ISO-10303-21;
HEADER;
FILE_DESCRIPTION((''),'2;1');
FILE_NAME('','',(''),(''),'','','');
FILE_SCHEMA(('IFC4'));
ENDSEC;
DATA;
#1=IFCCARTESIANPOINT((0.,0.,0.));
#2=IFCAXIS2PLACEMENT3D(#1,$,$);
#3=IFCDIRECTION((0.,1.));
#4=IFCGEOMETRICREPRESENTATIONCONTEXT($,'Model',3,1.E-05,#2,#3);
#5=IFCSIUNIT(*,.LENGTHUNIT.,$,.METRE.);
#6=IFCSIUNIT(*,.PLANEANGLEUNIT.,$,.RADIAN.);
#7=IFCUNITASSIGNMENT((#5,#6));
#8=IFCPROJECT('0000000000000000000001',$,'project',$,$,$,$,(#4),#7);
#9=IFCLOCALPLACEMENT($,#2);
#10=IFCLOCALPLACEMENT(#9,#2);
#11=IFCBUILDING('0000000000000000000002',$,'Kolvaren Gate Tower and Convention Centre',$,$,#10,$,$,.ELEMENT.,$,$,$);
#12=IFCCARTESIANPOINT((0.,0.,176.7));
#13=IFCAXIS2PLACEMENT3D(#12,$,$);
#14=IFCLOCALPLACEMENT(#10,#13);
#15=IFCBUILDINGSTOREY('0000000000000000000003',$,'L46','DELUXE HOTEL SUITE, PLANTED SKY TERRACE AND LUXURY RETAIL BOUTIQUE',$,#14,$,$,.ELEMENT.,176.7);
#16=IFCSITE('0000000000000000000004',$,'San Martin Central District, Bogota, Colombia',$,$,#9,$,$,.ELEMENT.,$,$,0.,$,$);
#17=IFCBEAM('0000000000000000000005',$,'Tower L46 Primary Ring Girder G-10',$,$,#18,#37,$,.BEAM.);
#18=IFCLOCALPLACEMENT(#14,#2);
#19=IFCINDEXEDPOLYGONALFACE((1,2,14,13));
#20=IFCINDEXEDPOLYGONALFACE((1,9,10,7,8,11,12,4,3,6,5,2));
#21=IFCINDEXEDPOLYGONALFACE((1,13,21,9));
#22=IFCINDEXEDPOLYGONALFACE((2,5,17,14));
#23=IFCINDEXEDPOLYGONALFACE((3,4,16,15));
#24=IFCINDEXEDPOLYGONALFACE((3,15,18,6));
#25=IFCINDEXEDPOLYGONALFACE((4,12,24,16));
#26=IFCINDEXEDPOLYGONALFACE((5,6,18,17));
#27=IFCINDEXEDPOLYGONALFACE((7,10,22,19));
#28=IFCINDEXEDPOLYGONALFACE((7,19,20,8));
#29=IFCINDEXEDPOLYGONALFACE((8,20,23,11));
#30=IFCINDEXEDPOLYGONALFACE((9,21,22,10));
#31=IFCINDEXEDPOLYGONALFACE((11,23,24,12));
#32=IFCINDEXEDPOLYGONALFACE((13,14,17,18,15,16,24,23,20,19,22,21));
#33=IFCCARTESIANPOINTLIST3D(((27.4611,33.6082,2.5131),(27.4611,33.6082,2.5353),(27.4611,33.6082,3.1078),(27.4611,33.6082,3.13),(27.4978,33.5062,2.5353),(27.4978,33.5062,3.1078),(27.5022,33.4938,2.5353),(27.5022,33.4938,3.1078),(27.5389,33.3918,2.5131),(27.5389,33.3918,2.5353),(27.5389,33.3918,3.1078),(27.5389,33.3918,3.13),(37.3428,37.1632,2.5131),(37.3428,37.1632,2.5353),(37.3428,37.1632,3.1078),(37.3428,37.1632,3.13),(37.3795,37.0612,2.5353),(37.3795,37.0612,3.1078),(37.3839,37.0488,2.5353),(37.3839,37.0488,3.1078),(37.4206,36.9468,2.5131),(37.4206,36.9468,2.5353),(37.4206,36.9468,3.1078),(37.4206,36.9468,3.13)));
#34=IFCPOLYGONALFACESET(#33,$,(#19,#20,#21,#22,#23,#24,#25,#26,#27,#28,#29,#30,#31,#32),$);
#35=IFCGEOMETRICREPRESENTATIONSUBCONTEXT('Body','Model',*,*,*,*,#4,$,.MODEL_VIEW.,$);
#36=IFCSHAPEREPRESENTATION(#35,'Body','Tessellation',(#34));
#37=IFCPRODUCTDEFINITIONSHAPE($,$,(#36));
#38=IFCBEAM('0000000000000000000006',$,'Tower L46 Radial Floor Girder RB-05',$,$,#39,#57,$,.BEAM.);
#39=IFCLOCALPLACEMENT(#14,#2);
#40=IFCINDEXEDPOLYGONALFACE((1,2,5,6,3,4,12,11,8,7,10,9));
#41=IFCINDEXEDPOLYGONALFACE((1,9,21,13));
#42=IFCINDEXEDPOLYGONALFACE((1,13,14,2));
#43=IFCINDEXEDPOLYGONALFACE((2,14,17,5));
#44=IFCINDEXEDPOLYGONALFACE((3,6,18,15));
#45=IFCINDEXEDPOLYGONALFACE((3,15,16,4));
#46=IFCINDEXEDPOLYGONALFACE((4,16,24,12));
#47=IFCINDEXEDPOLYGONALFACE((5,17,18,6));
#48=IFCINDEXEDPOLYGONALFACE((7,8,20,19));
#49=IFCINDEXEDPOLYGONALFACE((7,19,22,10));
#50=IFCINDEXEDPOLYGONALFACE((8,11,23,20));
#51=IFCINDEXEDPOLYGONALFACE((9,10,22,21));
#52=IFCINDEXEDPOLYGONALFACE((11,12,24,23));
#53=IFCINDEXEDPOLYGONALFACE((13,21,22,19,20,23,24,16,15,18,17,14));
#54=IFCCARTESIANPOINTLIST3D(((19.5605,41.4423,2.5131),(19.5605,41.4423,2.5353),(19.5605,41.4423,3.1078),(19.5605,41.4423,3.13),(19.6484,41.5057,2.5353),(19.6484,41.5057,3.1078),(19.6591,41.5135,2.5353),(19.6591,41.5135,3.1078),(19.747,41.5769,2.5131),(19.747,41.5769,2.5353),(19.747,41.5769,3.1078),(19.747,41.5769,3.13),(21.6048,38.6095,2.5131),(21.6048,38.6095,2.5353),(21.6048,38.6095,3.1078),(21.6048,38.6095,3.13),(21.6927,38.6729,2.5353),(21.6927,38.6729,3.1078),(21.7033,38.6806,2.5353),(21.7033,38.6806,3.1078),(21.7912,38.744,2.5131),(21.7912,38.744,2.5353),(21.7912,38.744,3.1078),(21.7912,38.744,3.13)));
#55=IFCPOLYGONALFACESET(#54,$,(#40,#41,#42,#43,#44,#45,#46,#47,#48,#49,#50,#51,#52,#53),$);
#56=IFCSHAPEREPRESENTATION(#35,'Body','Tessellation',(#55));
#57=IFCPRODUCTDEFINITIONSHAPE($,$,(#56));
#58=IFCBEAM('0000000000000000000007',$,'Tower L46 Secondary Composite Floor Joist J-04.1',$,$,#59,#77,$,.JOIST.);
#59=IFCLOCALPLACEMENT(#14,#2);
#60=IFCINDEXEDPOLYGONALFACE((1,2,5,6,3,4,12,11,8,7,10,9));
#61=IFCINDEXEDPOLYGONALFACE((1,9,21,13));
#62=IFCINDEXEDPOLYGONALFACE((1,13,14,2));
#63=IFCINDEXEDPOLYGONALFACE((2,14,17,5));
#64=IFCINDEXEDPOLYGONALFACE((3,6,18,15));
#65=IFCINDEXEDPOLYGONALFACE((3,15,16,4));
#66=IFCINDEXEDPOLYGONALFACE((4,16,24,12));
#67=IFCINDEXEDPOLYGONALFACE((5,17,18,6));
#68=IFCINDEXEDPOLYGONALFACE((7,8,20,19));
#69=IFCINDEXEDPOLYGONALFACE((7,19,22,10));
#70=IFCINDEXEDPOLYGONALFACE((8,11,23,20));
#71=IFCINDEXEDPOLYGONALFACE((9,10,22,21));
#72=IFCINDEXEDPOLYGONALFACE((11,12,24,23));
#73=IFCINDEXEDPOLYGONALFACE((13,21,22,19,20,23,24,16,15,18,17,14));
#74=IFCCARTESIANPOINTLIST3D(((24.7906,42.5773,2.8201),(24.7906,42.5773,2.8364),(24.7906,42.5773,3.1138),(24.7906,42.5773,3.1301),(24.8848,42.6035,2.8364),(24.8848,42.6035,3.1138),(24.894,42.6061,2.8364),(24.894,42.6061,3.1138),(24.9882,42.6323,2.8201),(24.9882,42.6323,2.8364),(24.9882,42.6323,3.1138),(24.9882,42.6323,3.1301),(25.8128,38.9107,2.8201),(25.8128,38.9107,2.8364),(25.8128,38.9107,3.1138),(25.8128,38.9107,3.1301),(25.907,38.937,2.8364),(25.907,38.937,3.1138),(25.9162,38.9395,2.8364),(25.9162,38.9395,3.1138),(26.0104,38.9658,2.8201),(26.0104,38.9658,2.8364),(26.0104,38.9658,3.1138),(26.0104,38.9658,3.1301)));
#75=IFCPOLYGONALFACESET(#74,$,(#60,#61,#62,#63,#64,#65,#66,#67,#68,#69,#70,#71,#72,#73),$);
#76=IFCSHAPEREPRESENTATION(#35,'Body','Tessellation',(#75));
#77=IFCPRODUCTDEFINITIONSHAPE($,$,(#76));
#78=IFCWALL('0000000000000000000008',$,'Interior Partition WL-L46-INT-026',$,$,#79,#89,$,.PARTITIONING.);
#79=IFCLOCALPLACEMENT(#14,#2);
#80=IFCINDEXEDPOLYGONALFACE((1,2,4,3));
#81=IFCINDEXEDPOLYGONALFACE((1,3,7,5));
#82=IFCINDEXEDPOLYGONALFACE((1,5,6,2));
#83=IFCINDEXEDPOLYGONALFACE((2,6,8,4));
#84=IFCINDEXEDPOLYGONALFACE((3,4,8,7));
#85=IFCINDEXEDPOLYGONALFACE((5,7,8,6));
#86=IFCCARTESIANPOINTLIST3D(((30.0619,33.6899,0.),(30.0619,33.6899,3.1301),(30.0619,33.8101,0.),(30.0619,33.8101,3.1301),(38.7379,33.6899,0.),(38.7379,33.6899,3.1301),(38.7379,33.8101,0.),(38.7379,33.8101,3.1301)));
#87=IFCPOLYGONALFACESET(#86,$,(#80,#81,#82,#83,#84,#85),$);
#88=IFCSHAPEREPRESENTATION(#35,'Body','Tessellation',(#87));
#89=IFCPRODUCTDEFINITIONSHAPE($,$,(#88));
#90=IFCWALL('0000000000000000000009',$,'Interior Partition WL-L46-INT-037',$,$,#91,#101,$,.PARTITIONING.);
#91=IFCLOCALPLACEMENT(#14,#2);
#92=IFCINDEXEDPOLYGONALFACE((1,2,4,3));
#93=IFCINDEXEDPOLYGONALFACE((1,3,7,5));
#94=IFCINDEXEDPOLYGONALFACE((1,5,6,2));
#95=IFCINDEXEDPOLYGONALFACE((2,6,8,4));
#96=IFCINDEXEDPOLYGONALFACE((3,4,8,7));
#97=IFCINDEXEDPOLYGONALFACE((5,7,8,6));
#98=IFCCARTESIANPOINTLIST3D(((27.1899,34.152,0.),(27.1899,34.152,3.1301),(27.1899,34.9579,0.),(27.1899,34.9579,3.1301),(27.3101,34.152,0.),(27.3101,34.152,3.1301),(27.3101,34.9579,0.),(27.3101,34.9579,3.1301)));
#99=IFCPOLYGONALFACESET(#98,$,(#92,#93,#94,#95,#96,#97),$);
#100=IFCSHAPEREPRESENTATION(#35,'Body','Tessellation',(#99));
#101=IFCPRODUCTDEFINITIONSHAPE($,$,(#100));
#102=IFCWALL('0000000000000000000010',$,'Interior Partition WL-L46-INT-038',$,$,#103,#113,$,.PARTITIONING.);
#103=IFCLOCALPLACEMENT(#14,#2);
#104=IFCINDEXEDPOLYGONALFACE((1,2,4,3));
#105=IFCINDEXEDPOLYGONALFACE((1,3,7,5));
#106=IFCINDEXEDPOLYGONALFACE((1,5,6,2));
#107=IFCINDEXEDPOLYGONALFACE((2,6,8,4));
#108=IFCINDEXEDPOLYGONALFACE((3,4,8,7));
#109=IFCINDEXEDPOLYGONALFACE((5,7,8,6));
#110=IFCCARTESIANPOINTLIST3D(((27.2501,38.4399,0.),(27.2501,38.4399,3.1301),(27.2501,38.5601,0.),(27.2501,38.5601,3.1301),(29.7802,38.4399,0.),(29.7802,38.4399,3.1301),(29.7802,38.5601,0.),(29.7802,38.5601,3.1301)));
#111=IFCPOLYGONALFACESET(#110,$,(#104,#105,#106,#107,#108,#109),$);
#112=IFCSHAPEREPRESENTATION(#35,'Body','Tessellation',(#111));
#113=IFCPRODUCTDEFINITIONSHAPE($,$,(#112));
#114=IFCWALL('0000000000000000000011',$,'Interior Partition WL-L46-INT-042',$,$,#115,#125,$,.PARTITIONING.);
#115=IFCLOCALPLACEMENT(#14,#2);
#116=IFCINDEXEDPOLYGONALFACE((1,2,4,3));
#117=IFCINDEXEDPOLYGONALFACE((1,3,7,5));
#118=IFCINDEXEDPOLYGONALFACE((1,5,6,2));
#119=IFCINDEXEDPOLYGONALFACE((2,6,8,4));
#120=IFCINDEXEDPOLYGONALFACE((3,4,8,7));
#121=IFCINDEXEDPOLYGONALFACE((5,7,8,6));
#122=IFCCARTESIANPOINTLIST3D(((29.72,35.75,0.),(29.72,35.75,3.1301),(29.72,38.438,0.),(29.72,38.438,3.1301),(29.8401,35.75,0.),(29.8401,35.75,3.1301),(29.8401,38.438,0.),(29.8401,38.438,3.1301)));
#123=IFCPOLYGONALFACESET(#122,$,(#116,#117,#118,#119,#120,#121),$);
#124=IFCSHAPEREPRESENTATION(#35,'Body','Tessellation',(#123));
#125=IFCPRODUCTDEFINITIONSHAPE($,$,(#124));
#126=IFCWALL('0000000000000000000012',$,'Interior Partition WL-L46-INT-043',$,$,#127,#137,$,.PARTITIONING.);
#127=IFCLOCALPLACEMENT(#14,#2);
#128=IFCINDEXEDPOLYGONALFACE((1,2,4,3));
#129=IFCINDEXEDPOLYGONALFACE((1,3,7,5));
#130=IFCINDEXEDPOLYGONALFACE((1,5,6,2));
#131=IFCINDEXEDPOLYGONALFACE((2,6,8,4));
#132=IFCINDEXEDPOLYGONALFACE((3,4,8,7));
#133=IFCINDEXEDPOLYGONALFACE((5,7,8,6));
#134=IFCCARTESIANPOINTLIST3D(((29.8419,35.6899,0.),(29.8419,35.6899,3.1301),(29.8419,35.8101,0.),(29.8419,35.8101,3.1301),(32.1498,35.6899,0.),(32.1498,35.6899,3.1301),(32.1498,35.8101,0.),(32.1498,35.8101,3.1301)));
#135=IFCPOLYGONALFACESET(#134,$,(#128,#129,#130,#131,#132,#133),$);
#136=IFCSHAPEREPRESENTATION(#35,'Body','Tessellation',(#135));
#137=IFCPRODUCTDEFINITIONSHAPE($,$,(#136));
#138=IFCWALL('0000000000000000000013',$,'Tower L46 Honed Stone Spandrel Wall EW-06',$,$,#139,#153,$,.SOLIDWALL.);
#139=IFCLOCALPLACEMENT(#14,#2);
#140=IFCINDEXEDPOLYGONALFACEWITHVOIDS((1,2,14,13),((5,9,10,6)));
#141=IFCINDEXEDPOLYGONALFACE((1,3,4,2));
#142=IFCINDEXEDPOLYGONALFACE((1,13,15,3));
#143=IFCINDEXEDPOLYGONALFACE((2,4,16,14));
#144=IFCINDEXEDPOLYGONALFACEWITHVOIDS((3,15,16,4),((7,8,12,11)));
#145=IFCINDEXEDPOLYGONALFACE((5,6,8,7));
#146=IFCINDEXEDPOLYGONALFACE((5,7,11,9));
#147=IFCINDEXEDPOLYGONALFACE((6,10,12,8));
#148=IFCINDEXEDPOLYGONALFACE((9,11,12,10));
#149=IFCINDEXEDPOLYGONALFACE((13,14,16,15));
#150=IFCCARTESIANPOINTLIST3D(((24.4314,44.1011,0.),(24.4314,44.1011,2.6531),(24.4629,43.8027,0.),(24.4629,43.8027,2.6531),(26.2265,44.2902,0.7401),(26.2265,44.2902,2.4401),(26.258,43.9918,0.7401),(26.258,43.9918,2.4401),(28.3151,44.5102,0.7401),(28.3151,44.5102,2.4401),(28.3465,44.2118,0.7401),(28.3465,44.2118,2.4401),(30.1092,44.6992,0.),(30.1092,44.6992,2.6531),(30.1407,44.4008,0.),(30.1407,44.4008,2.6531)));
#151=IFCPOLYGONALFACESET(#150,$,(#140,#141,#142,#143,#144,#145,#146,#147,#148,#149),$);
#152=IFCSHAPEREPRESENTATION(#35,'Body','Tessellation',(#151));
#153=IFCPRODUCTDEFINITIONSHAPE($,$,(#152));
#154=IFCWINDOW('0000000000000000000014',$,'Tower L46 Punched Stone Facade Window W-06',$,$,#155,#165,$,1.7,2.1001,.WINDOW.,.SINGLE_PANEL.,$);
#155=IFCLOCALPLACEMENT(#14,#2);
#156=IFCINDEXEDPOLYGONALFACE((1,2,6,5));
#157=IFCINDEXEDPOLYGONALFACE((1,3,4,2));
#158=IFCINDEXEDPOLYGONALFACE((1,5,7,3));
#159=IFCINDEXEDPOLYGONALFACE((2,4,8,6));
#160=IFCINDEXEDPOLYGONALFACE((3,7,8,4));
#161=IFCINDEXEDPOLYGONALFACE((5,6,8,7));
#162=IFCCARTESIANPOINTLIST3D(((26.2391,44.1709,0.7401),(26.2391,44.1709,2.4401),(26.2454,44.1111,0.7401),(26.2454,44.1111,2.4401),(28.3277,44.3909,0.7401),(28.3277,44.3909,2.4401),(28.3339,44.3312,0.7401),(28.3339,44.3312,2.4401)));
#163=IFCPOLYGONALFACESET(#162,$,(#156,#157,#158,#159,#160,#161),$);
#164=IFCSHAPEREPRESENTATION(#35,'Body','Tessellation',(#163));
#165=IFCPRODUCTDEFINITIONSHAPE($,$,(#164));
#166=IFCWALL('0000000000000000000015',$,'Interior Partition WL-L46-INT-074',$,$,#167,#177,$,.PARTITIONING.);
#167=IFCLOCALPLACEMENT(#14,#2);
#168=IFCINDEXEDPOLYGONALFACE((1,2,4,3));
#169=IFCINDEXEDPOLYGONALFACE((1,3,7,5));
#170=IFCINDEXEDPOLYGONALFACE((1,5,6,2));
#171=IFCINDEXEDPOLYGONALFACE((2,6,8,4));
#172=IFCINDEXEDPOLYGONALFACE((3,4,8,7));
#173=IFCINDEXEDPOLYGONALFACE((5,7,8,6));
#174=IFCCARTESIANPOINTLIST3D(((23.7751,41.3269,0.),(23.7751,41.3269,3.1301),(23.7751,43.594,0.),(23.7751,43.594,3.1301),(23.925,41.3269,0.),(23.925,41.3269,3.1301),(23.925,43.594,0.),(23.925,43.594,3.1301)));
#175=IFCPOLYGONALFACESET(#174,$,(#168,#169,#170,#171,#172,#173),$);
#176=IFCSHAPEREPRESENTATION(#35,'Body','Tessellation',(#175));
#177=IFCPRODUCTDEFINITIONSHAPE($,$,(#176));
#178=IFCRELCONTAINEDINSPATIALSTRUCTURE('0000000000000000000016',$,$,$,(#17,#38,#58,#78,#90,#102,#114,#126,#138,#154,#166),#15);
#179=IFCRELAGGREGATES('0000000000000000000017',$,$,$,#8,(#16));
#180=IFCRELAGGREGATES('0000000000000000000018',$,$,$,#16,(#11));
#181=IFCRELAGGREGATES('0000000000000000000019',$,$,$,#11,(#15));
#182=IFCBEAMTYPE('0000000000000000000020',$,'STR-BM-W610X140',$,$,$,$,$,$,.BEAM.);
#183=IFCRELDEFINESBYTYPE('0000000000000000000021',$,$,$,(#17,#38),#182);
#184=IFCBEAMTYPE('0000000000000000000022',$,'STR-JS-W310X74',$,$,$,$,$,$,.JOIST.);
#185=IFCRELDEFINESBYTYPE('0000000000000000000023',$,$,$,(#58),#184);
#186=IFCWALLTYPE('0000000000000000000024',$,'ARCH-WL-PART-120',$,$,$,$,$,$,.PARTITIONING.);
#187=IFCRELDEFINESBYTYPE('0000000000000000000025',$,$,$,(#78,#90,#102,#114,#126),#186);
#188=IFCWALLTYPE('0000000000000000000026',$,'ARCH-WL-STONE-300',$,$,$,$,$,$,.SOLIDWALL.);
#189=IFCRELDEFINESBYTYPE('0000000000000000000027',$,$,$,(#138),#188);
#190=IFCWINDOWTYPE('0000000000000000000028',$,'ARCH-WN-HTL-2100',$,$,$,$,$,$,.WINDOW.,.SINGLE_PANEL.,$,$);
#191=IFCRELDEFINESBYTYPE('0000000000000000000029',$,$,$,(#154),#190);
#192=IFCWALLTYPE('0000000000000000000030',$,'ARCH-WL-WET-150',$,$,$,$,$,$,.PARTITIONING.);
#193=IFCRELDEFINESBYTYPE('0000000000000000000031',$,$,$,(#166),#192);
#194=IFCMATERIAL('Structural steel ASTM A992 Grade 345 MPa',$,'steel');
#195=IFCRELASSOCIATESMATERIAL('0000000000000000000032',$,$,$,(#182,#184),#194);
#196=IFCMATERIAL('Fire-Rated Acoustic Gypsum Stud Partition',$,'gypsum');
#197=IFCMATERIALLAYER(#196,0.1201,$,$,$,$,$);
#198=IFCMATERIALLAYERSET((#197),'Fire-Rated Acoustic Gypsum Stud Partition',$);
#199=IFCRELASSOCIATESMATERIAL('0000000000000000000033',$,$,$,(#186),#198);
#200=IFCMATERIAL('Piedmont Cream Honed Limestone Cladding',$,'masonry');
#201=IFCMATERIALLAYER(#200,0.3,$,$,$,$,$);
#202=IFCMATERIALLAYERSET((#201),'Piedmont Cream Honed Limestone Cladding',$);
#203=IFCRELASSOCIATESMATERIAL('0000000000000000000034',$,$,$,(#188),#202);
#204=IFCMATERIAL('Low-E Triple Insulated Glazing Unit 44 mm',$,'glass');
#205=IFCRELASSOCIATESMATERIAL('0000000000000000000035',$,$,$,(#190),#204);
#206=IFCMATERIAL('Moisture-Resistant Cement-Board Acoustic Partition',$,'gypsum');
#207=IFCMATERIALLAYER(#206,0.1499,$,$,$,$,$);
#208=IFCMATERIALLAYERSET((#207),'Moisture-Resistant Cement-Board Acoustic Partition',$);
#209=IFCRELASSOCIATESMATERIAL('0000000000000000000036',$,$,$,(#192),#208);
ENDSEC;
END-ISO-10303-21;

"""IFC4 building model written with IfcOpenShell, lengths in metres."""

from ifc_helpers import new_model, si_unit, direction, frame, frame_2d, origin, origin_2d, place, context, subcontext, project, spatial, rectangle, i_section, extrude, material, layer, layer_set, material_profile, profile_set, type_object, element, fill, save


model = new_model("IFC4")

# Units and contexts
model_context = context("Model", 3, precision=1e-05, world=origin(), true_north=direction((0.0, 1.0)))
body_context = subcontext(model_context, "Body", "Model", "MODEL_VIEW")
ifc_project = project(units=[si_unit("LENGTHUNIT", "METRE"), si_unit("PLANEANGLEUNIT", "RADIAN")], contexts=[model_context])

# Site, building, storey
site_placement = place(None, origin())
site = spatial("IfcSite", under=ifc_project, at=site_placement, Name="San Martin Central District, Bogota, Colombia", CompositionType="ELEMENT", RefElevation=0.0)
building_placement = place(site_placement, origin())
building = spatial("IfcBuilding", under=site, at=building_placement, Name="Kolvaren Gate Tower and Convention Centre", CompositionType="ELEMENT")
storey_placement = place(building_placement, frame((0.0, 0.0, 176.7)))
storey = spatial("IfcBuildingStorey", under=building, at=storey_placement, Name="L46", Description="DELUXE HOTEL SUITE, PLANTED SKY TERRACE AND LUXURY RETAIL BOUTIQUE", CompositionType="ELEMENT", Elevation=176.7)

# Beams
ifc_material_1 = material(Name="Structural steel ASTM A992 Grade 345 MPa", Category="steel")
ifc_material_profile_1 = material_profile(ifc_material_1, i_section(OverallWidth=0.23, OverallDepth=0.6169, WebThickness=0.0132, FlangeThickness=0.0222, at=origin_2d()), Name="W610X140")
ifc_profile_set_1 = profile_set([ifc_material_profile_1], Name="Structural steel ASTM A992 Grade 345 MPa")
beam_type_1 = type_object("IfcBeamType", Name="STR-BM-W610X140", PredefinedType="BEAM", material=ifc_profile_set_1)
beam_1_placement = place(storey_placement, frame((27.5, 33.5, 2.8215), z_axis=(0.940961, 0.338514, 0.0), x_axis=(-0.338514, 0.940961, 0.0)))
element("IfcBeam", 1, at=beam_1_placement, inside=storey, type_object=beam_type_1, Name="Tower L46 Primary Ring Girder G-10", PredefinedType="BEAM", context=body_context, shape_type="SweptSolid", body=[
    extrude(i_section(OverallWidth=0.23, OverallDepth=0.6169, WebThickness=0.0132, FlangeThickness=0.0222, at=origin_2d()), origin(), (0.0, 0.0, 1.0), 10.5017),
])
beam_2_placement = place(storey_placement, frame((21.698, 38.6768, 2.8215), z_axis=(-0.585172, 0.81091, 0.0), x_axis=(-0.81091, -0.585172, 0.0)))
element("IfcBeam", 2, at=beam_2_placement, inside=storey, type_object=beam_type_1, Name="Tower L46 Radial Floor Girder RB-05", PredefinedType="BEAM", context=body_context, shape_type="SweptSolid", body=[
    extrude(i_section(OverallWidth=0.23, OverallDepth=0.6169, WebThickness=0.0132, FlangeThickness=0.0222, at=origin_2d()), origin(), (0.0, 0.0, 1.0), 3.4934),
])
ifc_material_profile_2 = material_profile(ifc_material_1, i_section(OverallWidth=0.2051, OverallDepth=0.3101, WebThickness=0.0095, FlangeThickness=0.0164, at=origin_2d()), Name="W310X74")
ifc_profile_set_2 = profile_set([ifc_material_profile_2], Name="Structural steel ASTM A992 Grade 345 MPa")
beam_type_2 = type_object("IfcBeamType", Name="STR-JS-W310X74", PredefinedType="JOIST", material=ifc_profile_set_2)
beam_3_placement = place(storey_placement, frame((25.9116, 38.9382, 2.9751), z_axis=(-0.268557, 0.963264, 0.0), x_axis=(-0.963264, -0.268557, 0.0)))
element("IfcBeam", 3, at=beam_3_placement, inside=storey, type_object=beam_type_2, Name="Tower L46 Secondary Composite Floor Joist J-04.1", PredefinedType="JOIST", context=body_context, shape_type="SweptSolid", body=[
    extrude(i_section(OverallWidth=0.2051, OverallDepth=0.3101, WebThickness=0.0095, FlangeThickness=0.0164, at=origin_2d()), origin(), (0.0, 0.0, 1.0), 3.8064),
])

# Walls
ifc_material_2 = material(Name="Fire-Rated Acoustic Gypsum Stud Partition", Category="gypsum")
ifc_layer_1 = layer(ifc_material_2, 0.1201)
ifc_layer_set_1 = layer_set([ifc_layer_1], Name="Fire-Rated Acoustic Gypsum Stud Partition")
wall_type_1 = type_object("IfcWallType", Name="ARCH-WL-PART-120", PredefinedType="PARTITIONING", material=ifc_layer_set_1)
wall_1_placement = place(storey_placement, frame((30.062, 33.75, 0.0), z_axis=(0.0, 0.0, 1.0), x_axis=(1.0, 0.0, 0.0)))
element("IfcWall", 4, at=wall_1_placement, inside=storey, type_object=wall_type_1, Name="Interior Partition WL-L46-INT-026", PredefinedType="PARTITIONING", context=body_context, shape_type="SweptSolid", body=[
    extrude(rectangle(XDim=8.676, YDim=0.1201, at=frame_2d((4.3379, 0.0))), origin(), (0.0, 0.0, 1.0), 3.1301),
])
wall_2_placement = place(storey_placement, frame((27.25, 34.1521, 0.0), z_axis=(0.0, 0.0, 1.0), x_axis=(0.0, 1.0, 0.0)))
element("IfcWall", 5, at=wall_2_placement, inside=storey, type_object=wall_type_1, Name="Interior Partition WL-L46-INT-037", PredefinedType="PARTITIONING", context=body_context, shape_type="SweptSolid", body=[
    extrude(rectangle(XDim=0.8059, YDim=0.1201, at=frame_2d((0.4028, 0.0))), origin(), (0.0, 0.0, 1.0), 3.1301),
])
wall_3_placement = place(storey_placement, frame((27.25, 38.5, 0.0), z_axis=(0.0, 0.0, 1.0), x_axis=(1.0, 0.0, 0.0)))
element("IfcWall", 6, at=wall_3_placement, inside=storey, type_object=wall_type_1, Name="Interior Partition WL-L46-INT-038", PredefinedType="PARTITIONING", context=body_context, shape_type="SweptSolid", body=[
    extrude(rectangle(XDim=2.53, YDim=0.1201, at=frame_2d((1.2651, 0.0))), origin(), (0.0, 0.0, 1.0), 3.1301),
])
wall_4_placement = place(storey_placement, frame((29.78, 35.75, 0.0), z_axis=(0.0, 0.0, 1.0), x_axis=(0.0, 1.0, 0.0)))
element("IfcWall", 7, at=wall_4_placement, inside=storey, type_object=wall_type_1, Name="Interior Partition WL-L46-INT-042", PredefinedType="PARTITIONING", context=body_context, shape_type="SweptSolid", body=[
    extrude(rectangle(XDim=2.688, YDim=0.1201, at=frame_2d((1.344, 0.0))), origin(), (0.0, 0.0, 1.0), 3.1301),
])
wall_5_placement = place(storey_placement, frame((29.842, 35.75, 0.0), z_axis=(0.0, 0.0, 1.0), x_axis=(1.0, 0.0, 0.0)))
element("IfcWall", 8, at=wall_5_placement, inside=storey, type_object=wall_type_1, Name="Interior Partition WL-L46-INT-043", PredefinedType="PARTITIONING", context=body_context, shape_type="SweptSolid", body=[
    extrude(rectangle(XDim=2.3079, YDim=0.1201, at=frame_2d((1.1538, 0.0))), origin(), (0.0, 0.0, 1.0), 3.1301),
])

# Wall, opening, window
ifc_material_3 = material(Name="Piedmont Cream Honed Limestone Cladding", Category="masonry")
ifc_layer_2 = layer(ifc_material_3, 0.3)
ifc_layer_set_2 = layer_set([ifc_layer_2], Name="Piedmont Cream Honed Limestone Cladding")
wall_type_2 = type_object("IfcWallType", Name="ARCH-WL-STONE-300", PredefinedType="SOLIDWALL", material=ifc_layer_set_2)
wall_6_placement = place(storey_placement, frame((24.4473, 43.9519, 0.0), z_axis=(0.0, 0.0, 1.0), x_axis=(0.994497, 0.104769, 0.0)))
wall_6 = element("IfcWall", 9, at=wall_6_placement, inside=storey, type_object=wall_type_2, Name="Tower L46 Honed Stone Spandrel Wall EW-06", PredefinedType="SOLIDWALL", context=body_context, shape_type="SweptSolid", body=[
    extrude(rectangle(XDim=5.7092, YDim=0.3, at=frame_2d((2.8545, 0.0))), origin(), (0.0, 0.0, 1.0), 2.6531),
])
opening_1_placement = place(wall_6_placement, frame((1.8049, 0.0, 0.74)))
opening_1 = element("IfcOpeningElement", 10, at=opening_1_placement, cuts=wall_6, PredefinedType="OPENING", context=body_context, shape_type="SweptSolid", body=[
    extrude(rectangle(XDim=2.1001, YDim=1.7, at=frame_2d((1.05, 0.8501))), frame((0.0, 0.1599, 0.0), z_axis=(0.0, -1.0, 0.0), x_axis=(1.0, 0.0, 0.0)), (0.0, 0.0, 1.0), 0.3201),
])
ifc_material_4 = material(Name="Low-E Triple Insulated Glazing Unit 44 mm", Category="glass")
window_type = type_object("IfcWindowType", Name="ARCH-WN-HTL-2100", PartitioningType="SINGLE_PANEL", PredefinedType="WINDOW", material=ifc_material_4)
window_placement = place(opening_1_placement, origin())
window = element("IfcWindow", 11, at=window_placement, inside=storey, type_object=window_type, Name="Tower L46 Punched Stone Facade Window W-06", OverallHeight=1.7, OverallWidth=2.1001, PartitioningType="SINGLE_PANEL", PredefinedType="WINDOW", context=body_context, shape_type="SweptSolid", body=[
    extrude(rectangle(XDim=2.1001, YDim=1.7, at=frame_2d((1.05, 0.8501))), frame((0.0, 0.03, 0.0), z_axis=(0.0, -1.0, 0.0), x_axis=(1.0, 0.0, 0.0)), (0.0, 0.0, 1.0), 0.0601),
])
fill(opening_1, window)

# Wall
ifc_material_5 = material(Name="Moisture-Resistant Cement-Board Acoustic Partition", Category="gypsum")
ifc_layer_3 = layer(ifc_material_5, 0.1499)
ifc_layer_set_3 = layer_set([ifc_layer_3], Name="Moisture-Resistant Cement-Board Acoustic Partition")
wall_type_3 = type_object("IfcWallType", Name="ARCH-WL-WET-150", PredefinedType="PARTITIONING", material=ifc_layer_set_3)
wall_7_placement = place(storey_placement, frame((23.8501, 41.3269, 0.0), z_axis=(0.0, 0.0, 1.0), x_axis=(0.0, 1.0, 0.0)))
element("IfcWall", 12, at=wall_7_placement, inside=storey, type_object=wall_type_3, Name="Interior Partition WL-L46-INT-074", PredefinedType="PARTITIONING", context=body_context, shape_type="SweptSolid", body=[
    extrude(rectangle(XDim=2.2671, YDim=0.1499, at=frame_2d((1.1335, 0.0))), origin(), (0.0, 0.0, 1.0), 3.1301),
])

save(model, "model.ifc")
